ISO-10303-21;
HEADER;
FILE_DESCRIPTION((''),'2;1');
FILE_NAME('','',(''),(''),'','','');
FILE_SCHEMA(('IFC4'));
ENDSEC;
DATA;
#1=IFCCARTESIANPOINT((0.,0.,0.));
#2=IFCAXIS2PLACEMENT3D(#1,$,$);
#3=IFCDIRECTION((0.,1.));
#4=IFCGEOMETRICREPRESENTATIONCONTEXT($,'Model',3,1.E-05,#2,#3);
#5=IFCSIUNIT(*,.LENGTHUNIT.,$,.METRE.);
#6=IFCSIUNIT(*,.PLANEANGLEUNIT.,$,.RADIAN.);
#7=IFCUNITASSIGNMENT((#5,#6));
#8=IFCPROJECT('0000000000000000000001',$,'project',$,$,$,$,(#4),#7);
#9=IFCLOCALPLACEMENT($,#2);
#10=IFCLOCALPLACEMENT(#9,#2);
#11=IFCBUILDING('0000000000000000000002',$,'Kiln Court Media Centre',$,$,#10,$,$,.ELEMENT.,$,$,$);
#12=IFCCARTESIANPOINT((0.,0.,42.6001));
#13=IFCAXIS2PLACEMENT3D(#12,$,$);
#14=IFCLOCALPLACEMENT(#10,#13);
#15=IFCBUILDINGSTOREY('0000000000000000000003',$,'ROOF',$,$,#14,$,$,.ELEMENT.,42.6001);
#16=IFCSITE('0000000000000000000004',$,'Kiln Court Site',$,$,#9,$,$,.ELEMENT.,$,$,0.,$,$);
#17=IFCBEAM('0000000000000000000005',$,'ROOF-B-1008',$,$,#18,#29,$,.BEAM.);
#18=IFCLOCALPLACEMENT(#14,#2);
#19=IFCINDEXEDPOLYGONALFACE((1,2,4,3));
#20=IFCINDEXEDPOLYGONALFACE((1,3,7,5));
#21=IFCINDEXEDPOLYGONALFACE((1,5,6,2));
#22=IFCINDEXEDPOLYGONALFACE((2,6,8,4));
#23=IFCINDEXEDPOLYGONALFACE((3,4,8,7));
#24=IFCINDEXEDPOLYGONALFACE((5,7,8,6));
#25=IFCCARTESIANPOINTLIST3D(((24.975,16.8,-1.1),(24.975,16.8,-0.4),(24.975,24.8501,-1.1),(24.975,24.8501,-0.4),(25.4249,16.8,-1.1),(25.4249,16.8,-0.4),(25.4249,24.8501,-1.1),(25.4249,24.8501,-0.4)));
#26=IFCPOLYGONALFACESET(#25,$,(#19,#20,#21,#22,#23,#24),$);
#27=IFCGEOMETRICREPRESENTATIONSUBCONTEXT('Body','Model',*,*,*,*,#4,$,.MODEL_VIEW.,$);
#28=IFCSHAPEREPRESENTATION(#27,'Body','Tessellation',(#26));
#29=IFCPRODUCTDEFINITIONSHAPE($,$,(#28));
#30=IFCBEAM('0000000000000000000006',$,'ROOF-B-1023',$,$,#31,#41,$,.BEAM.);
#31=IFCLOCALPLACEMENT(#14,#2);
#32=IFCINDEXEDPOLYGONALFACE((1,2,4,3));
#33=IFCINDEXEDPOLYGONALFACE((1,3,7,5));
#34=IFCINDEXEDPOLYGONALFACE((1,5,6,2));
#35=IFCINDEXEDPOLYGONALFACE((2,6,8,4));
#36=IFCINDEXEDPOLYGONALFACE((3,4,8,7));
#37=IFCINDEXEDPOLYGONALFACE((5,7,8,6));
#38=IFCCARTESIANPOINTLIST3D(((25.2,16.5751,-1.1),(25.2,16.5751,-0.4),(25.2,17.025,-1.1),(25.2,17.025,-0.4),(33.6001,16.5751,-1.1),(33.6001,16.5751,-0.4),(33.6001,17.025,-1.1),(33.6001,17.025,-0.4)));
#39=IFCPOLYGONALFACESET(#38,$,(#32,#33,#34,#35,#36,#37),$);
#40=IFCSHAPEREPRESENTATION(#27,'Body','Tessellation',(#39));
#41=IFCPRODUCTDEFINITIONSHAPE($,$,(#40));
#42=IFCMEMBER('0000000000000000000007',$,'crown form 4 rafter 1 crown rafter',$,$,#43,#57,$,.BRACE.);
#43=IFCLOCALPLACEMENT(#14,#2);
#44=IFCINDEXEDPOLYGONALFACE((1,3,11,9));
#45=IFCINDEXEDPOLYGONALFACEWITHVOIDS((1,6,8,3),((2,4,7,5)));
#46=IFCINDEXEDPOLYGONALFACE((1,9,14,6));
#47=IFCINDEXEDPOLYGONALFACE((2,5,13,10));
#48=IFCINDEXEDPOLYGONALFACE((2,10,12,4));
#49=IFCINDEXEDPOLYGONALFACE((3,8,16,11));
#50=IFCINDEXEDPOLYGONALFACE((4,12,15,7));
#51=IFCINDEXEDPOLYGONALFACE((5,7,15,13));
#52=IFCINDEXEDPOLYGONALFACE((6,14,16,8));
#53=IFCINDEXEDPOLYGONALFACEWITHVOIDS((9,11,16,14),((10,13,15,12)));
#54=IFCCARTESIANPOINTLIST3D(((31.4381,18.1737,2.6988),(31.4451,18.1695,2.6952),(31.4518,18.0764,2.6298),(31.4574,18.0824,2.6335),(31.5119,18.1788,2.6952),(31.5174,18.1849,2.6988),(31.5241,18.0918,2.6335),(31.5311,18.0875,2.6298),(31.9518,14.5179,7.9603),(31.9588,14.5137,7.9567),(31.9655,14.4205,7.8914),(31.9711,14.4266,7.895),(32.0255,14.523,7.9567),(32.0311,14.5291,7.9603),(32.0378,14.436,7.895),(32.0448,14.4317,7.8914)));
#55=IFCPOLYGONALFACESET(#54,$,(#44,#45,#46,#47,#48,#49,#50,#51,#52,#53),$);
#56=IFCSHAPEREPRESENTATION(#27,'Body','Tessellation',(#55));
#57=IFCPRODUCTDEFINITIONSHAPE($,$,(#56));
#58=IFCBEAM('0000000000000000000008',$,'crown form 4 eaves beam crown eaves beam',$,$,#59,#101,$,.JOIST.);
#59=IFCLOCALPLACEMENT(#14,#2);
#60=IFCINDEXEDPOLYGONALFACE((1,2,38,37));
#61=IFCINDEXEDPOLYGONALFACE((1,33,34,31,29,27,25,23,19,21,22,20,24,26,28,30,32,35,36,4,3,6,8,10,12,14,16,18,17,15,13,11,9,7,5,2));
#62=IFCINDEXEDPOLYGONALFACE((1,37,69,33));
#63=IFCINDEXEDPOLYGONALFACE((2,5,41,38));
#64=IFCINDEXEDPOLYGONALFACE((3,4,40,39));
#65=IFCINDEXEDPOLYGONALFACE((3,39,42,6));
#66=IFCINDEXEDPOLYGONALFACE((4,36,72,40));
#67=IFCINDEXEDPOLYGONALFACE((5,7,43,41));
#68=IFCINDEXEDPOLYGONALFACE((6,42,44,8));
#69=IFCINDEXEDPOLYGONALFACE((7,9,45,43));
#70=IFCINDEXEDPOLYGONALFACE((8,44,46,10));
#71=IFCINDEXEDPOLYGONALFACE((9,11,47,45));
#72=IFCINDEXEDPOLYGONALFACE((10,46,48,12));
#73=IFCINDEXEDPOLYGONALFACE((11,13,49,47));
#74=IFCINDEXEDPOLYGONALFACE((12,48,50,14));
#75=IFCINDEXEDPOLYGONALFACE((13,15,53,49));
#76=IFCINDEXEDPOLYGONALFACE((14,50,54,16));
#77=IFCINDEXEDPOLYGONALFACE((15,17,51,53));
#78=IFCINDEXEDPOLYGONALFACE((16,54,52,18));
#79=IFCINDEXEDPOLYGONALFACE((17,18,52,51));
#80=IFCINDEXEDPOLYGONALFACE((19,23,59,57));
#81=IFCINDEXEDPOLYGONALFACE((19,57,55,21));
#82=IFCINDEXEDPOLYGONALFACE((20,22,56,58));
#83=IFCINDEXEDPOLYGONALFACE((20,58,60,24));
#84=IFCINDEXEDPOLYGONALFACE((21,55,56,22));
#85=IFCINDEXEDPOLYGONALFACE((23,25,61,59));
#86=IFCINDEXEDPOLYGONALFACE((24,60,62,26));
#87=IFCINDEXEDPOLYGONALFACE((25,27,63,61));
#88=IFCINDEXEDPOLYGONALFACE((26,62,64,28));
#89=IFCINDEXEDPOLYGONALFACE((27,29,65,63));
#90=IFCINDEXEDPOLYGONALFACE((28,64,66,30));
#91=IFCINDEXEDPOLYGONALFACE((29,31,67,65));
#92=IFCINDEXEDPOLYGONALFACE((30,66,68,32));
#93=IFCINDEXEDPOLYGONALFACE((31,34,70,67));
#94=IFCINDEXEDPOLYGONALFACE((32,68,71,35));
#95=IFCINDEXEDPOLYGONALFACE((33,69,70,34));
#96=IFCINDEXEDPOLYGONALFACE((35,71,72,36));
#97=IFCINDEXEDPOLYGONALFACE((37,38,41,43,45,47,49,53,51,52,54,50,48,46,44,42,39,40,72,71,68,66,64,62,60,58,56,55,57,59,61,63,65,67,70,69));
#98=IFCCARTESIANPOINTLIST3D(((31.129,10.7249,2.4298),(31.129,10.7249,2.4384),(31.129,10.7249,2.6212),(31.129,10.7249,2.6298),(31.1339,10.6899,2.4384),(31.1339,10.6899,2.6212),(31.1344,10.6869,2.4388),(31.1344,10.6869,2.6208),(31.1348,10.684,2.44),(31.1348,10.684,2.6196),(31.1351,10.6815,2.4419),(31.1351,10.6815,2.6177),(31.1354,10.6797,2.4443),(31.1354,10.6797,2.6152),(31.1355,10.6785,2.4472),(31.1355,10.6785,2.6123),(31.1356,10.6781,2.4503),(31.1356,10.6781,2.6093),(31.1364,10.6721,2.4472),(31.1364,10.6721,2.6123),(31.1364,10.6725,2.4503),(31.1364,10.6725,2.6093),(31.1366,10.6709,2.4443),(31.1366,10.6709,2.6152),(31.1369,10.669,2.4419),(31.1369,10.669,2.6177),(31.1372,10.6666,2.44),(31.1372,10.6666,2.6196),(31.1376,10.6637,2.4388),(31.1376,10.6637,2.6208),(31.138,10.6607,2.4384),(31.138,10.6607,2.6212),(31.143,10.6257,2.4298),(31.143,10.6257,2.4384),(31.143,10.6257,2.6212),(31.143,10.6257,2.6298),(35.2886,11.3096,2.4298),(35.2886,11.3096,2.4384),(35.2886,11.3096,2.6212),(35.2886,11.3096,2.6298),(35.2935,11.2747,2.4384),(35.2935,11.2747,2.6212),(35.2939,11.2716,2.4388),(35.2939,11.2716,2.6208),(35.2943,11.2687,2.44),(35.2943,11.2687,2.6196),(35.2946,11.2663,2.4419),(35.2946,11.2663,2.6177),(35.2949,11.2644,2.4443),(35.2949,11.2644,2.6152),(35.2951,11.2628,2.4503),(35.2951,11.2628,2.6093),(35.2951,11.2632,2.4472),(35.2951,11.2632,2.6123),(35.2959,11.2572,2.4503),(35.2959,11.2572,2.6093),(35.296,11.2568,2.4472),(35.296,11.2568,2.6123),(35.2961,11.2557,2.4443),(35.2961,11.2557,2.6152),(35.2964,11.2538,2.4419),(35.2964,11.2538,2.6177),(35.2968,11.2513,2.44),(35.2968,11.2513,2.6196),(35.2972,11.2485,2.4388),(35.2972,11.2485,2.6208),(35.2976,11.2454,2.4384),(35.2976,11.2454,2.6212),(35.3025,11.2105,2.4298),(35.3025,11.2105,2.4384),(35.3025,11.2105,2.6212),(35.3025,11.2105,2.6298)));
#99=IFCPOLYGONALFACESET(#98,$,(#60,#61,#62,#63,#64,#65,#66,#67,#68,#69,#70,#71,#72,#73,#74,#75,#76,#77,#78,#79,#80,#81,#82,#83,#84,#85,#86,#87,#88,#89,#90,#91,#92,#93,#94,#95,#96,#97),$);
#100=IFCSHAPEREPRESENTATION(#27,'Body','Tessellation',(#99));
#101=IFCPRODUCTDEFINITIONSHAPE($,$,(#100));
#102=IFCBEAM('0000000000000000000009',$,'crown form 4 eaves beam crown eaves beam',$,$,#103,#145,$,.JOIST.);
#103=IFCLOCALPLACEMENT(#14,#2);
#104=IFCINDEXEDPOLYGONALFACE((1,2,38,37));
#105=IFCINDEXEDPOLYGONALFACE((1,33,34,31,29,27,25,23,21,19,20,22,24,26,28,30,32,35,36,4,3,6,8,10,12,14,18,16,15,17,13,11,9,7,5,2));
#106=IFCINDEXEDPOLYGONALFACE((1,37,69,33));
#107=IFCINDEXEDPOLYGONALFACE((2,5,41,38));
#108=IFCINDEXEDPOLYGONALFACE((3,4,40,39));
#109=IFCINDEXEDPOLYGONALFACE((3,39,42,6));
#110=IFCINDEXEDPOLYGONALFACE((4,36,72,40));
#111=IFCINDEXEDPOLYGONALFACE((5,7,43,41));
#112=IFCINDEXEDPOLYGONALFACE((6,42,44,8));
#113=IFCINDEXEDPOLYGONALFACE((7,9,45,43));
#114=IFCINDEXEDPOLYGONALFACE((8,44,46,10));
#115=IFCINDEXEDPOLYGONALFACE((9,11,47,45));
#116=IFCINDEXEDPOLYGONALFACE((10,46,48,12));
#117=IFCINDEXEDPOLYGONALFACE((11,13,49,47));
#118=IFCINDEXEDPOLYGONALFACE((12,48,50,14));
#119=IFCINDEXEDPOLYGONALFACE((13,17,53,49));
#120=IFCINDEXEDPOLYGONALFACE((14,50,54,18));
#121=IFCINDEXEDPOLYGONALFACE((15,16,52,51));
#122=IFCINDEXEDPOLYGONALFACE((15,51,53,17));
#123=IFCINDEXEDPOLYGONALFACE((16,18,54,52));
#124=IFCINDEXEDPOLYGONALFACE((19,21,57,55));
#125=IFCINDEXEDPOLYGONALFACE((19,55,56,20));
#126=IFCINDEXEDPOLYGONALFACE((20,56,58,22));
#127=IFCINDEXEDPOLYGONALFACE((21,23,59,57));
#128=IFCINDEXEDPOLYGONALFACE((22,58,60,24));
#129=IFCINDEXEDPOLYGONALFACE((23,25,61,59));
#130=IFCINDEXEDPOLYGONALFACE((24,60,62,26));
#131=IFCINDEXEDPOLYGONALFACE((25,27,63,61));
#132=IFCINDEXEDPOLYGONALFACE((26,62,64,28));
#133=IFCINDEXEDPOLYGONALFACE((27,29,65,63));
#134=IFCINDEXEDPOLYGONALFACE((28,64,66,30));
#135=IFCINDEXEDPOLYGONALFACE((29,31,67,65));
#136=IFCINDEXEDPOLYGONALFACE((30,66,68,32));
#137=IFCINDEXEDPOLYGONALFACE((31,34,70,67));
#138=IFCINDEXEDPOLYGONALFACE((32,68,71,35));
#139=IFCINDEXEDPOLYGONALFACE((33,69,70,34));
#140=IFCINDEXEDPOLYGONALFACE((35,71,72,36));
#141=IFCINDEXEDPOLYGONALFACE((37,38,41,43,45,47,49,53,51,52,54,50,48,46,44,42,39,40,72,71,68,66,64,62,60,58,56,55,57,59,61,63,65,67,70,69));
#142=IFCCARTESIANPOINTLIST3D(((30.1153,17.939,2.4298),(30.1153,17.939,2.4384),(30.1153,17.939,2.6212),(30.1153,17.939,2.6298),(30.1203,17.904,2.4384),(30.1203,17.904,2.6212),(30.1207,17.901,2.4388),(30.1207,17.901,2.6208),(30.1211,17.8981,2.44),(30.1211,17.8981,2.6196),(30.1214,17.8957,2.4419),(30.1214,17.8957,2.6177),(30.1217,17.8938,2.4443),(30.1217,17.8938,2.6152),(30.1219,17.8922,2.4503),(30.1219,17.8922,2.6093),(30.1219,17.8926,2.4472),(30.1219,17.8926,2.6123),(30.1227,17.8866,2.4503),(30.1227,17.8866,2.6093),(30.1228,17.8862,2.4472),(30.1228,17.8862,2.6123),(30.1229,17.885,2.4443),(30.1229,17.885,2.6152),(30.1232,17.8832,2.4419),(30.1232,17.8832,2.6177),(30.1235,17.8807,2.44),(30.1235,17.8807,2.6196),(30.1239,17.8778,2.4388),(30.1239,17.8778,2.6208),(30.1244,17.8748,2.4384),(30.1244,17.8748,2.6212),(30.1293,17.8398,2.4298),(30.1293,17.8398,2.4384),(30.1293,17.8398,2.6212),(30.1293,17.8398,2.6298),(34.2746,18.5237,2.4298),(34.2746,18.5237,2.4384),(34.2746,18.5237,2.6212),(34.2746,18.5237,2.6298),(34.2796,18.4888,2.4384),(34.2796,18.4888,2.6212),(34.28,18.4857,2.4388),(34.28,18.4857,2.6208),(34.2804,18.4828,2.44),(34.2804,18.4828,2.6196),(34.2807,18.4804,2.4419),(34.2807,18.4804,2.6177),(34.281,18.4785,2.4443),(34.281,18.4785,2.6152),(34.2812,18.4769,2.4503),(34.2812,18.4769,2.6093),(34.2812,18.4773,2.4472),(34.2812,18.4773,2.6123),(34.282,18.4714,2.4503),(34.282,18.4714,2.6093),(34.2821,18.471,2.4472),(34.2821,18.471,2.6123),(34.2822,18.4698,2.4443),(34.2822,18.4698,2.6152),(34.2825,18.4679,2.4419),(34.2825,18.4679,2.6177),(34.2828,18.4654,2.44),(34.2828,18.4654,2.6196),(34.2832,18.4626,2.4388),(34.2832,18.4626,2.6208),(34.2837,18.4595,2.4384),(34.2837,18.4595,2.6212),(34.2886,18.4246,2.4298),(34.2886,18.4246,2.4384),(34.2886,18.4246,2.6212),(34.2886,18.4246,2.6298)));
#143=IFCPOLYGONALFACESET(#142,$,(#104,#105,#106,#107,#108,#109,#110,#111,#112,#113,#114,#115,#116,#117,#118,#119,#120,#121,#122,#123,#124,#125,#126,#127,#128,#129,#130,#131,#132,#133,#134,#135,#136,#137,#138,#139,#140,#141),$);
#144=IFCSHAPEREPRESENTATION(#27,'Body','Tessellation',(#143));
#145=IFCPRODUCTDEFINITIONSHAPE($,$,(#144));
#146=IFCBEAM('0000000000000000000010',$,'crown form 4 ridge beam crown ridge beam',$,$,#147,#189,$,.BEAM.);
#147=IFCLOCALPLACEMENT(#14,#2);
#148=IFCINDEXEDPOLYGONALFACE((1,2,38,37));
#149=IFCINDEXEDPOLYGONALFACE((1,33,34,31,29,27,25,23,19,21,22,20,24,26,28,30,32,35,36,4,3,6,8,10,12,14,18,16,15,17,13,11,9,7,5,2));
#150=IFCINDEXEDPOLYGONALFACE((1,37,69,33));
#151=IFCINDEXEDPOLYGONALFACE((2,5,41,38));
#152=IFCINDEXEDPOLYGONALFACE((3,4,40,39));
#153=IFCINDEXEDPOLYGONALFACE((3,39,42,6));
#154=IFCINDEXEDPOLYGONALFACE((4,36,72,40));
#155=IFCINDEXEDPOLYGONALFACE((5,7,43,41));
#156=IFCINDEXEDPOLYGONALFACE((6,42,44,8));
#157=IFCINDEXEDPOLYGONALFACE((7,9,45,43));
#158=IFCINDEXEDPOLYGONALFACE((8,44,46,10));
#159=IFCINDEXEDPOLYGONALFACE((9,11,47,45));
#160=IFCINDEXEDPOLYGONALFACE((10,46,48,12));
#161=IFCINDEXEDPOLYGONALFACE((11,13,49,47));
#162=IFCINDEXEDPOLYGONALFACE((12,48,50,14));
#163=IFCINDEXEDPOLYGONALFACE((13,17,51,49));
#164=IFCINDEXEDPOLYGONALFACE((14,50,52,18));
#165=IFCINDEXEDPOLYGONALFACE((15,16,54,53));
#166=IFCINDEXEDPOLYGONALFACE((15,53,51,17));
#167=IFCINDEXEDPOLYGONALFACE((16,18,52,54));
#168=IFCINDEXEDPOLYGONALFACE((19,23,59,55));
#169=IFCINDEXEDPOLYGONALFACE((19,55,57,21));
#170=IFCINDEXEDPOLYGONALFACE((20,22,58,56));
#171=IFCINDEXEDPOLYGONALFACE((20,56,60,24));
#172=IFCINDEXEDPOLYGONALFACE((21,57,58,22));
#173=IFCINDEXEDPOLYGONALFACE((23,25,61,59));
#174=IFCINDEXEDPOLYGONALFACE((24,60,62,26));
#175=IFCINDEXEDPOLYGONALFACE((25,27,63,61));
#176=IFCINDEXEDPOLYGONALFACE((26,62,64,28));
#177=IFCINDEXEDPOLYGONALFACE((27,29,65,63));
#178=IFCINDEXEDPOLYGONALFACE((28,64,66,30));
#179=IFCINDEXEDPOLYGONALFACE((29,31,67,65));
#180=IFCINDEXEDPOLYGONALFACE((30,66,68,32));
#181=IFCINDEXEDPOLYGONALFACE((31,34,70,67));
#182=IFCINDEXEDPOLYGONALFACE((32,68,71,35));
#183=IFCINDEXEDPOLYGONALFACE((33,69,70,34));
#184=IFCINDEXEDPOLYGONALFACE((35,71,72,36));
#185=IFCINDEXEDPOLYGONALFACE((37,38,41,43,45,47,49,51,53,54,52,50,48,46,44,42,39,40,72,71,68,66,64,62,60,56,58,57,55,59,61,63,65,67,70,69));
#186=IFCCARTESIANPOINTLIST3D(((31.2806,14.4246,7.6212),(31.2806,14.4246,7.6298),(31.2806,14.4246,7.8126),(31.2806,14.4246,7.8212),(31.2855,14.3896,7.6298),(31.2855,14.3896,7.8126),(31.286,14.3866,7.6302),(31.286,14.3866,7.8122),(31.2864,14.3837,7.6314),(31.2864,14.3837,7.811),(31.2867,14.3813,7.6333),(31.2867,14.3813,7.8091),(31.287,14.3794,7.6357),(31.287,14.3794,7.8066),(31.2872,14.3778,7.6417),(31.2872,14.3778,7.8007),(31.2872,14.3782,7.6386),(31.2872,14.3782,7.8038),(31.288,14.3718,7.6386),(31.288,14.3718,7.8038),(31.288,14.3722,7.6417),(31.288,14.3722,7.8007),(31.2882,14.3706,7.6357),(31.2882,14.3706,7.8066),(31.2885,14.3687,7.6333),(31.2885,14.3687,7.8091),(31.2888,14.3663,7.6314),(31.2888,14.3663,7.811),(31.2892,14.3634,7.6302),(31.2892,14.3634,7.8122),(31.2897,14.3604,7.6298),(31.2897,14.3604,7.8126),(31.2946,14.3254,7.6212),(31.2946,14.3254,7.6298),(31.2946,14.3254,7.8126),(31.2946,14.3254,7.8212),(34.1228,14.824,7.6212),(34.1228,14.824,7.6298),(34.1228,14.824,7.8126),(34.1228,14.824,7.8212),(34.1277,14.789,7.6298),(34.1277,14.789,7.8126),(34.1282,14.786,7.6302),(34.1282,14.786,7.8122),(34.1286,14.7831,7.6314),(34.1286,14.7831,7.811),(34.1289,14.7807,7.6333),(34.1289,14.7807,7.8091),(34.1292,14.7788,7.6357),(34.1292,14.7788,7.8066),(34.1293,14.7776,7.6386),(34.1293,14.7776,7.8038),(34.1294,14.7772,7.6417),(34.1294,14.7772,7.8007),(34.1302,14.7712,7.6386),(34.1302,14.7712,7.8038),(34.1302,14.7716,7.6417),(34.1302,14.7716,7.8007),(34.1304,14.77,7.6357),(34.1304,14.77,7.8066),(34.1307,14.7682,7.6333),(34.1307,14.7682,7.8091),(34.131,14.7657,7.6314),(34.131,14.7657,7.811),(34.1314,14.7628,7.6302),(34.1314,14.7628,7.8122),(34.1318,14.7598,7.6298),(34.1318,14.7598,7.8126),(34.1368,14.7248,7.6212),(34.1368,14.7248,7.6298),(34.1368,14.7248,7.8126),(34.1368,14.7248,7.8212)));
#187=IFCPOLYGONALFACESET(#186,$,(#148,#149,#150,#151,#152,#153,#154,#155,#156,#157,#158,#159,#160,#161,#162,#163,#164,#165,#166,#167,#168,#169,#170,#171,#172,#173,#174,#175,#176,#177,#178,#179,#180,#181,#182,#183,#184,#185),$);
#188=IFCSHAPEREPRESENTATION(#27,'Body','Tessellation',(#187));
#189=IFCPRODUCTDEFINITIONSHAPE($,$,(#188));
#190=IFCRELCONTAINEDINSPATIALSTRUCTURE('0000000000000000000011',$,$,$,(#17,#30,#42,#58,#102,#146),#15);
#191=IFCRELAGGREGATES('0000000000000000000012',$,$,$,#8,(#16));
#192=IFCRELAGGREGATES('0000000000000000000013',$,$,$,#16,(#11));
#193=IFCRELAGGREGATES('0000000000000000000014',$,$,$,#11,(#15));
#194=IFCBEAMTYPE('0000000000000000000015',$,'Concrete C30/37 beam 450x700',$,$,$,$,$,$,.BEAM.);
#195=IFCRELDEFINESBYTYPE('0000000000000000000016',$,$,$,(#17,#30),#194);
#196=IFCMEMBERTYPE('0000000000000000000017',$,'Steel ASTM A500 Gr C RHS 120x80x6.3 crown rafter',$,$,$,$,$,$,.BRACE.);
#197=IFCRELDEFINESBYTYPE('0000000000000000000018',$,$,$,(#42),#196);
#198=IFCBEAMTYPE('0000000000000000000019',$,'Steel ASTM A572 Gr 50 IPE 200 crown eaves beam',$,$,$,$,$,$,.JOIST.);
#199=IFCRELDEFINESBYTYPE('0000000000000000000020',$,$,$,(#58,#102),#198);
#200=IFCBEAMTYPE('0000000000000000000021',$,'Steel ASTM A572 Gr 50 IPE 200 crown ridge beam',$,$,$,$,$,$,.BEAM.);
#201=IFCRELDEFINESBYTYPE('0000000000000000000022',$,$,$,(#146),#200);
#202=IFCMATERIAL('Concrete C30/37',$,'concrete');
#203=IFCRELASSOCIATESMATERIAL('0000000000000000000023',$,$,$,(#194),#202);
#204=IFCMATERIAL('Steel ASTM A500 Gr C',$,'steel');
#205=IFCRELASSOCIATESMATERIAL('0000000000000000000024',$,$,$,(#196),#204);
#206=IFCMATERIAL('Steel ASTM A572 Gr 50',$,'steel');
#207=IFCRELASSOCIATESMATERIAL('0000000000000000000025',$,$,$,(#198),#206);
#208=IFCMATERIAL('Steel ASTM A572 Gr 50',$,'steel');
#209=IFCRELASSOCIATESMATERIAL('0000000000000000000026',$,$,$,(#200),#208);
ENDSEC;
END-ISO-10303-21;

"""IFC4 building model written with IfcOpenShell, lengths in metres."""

from ifc_helpers import new_model, si_unit, direction, frame, origin, origin_2d, place, context, subcontext, project, spatial, rectangle, hollow_rectangle, i_section, extrude, material, material_profile, profile_set, type_object, element, save


model = new_model("IFC4")

# Units and contexts
model_context = context("Model", 3, precision=1e-05, world=origin(), true_north=direction((0.0, 1.0)))
body_context = subcontext(model_context, "Body", "Model", "MODEL_VIEW")
ifc_project = project(units=[si_unit("LENGTHUNIT", "METRE"), si_unit("PLANEANGLEUNIT", "RADIAN")], contexts=[model_context])

# Site, building, storey
site_placement = place(None, origin())
site = spatial("IfcSite", under=ifc_project, at=site_placement, Name="Kiln Court Site", CompositionType="ELEMENT", RefElevation=0.0)
building_placement = place(site_placement, origin())
building = spatial("IfcBuilding", under=site, at=building_placement, Name="Kiln Court Media Centre", CompositionType="ELEMENT")
storey_placement = place(building_placement, frame((0.0, 0.0, 42.6001)))
storey = spatial("IfcBuildingStorey", under=building, at=storey_placement, Name="ROOF", CompositionType="ELEMENT", Elevation=42.6001)

# Beams
ifc_material_1 = material(Name="Concrete C30/37", Category="concrete")
ifc_material_profile_1 = material_profile(ifc_material_1, rectangle(XDim=0.45, YDim=0.7, at=origin_2d()), Name="RC 450x700")
ifc_profile_set_1 = profile_set([ifc_material_profile_1], Name="Concrete C30/37")
beam_type_1 = type_object("IfcBeamType", Name="Concrete C30/37 beam 450x700", PredefinedType="BEAM", material=ifc_profile_set_1)
beam_1_placement = place(storey_placement, frame((25.2, 16.8, -0.75), z_axis=(0.0, 1.0, 0.0), x_axis=(-1.0, 0.0, 0.0)))
element("IfcBeam", 1, at=beam_1_placement, inside=storey, type_object=beam_type_1, Name="ROOF-B-1008", PredefinedType="BEAM", context=body_context, shape_type="SweptSolid", body=[
    extrude(rectangle(XDim=0.45, YDim=0.7, at=origin_2d()), origin(), (0.0, 0.0, 1.0), 8.05),
])
beam_2_placement = place(storey_placement, frame((25.2, 16.8, -0.75), z_axis=(1.0, 0.0, 0.0), x_axis=(0.0, 1.0, 0.0)))
element("IfcBeam", 2, at=beam_2_placement, inside=storey, type_object=beam_type_1, Name="ROOF-B-1023", PredefinedType="BEAM", context=body_context, shape_type="SweptSolid", body=[
    extrude(rectangle(XDim=0.45, YDim=0.7, at=origin_2d()), origin(), (0.0, 0.0, 1.0), 8.4001),
])

# Member
ifc_material_2 = material(Name="Steel ASTM A500 Gr C", Category="steel")
ifc_material_profile_2 = material_profile(ifc_material_2, hollow_rectangle(XDim=0.0801, YDim=0.1201, WallThickness=0.0063, at=origin_2d()), Name="RHS 120x80x6.3")
ifc_profile_set_2 = profile_set([ifc_material_profile_2], Name="Steel ASTM A500 Gr C")
member_type = type_object("IfcMemberType", Name="Steel ASTM A500 Gr C RHS 120x80x6.3 crown rafter", PredefinedType="BRACE", material=ifc_profile_set_2)
member_placement = place(storey_placement, frame((31.4846, 18.1306, 2.6643), z_axis=(0.079919, -0.568777, 0.8186), x_axis=(0.990272, 0.139143, 0.0)))
element("IfcMember", 3, at=member_placement, inside=storey, type_object=member_type, Name="crown form 4 rafter 1 crown rafter", PredefinedType="BRACE", context=body_context, shape_type="SweptSolid", body=[
    extrude(hollow_rectangle(XDim=0.0801, YDim=0.1201, WallThickness=0.0063, at=origin_2d()), origin(), (0.0, 0.0, 1.0), 6.4275),
])

# Beams
ifc_material_3 = material(Name="Steel ASTM A572 Gr 50", Category="steel")
ifc_material_profile_3 = material_profile(ifc_material_3, i_section(OverallWidth=0.1001, OverallDepth=0.2, WebThickness=0.0056, FlangeThickness=0.0085, FilletRadius=0.012, at=origin_2d()), Name="IPE 200")
ifc_profile_set_3 = profile_set([ifc_material_profile_3], Name="Steel ASTM A572 Gr 50")
beam_type_2 = type_object("IfcBeamType", Name="Steel ASTM A572 Gr 50 IPE 200 crown eaves beam", PredefinedType="JOIST", material=ifc_profile_set_3)
beam_3_placement = place(storey_placement, frame((31.136, 10.6753, 2.5298), z_axis=(0.990263, 0.139208, 0.0), x_axis=(-0.139208, 0.990263, 0.0)))
element("IfcBeam", 4, at=beam_3_placement, inside=storey, type_object=beam_type_2, Name="crown form 4 eaves beam crown eaves beam", PredefinedType="JOIST", context=body_context, shape_type="SweptSolid", body=[
    extrude(i_section(OverallWidth=0.1001, OverallDepth=0.2, WebThickness=0.0056, FlangeThickness=0.0085, FilletRadius=0.012, at=origin_2d()), origin(), (0.0, 0.0, 1.0), 4.2004),
])
beam_4_placement = place(storey_placement, frame((30.1223, 17.8894, 2.5298), z_axis=(0.990262, 0.139216, 0.0), x_axis=(-0.139216, 0.990262, 0.0)))
element("IfcBeam", 5, at=beam_4_placement, inside=storey, type_object=beam_type_2, Name="crown form 4 eaves beam crown eaves beam", PredefinedType="JOIST", context=body_context, shape_type="SweptSolid", body=[
    extrude(i_section(OverallWidth=0.1001, OverallDepth=0.2, WebThickness=0.0056, FlangeThickness=0.0085, FilletRadius=0.012, at=origin_2d()), origin(), (0.0, 0.0, 1.0), 4.2002),
])
ifc_material_4 = material(Name="Steel ASTM A572 Gr 50", Category="steel")
ifc_material_profile_4 = material_profile(ifc_material_4, i_section(OverallWidth=0.1001, OverallDepth=0.2, WebThickness=0.0056, FlangeThickness=0.0085, FilletRadius=0.012, at=origin_2d()), Name="IPE 200")
ifc_profile_set_4 = profile_set([ifc_material_profile_4], Name="Steel ASTM A572 Gr 50")
beam_type_3 = type_object("IfcBeamType", Name="Steel ASTM A572 Gr 50 IPE 200 crown ridge beam", PredefinedType="BEAM", material=ifc_profile_set_4)
beam_5_placement = place(storey_placement, frame((31.2876, 14.375, 7.7212), z_axis=(0.99027, 0.139158, 0.0), x_axis=(-0.139158, 0.99027, 0.0)))
element("IfcBeam", 6, at=beam_5_placement, inside=storey, type_object=beam_type_3, Name="crown form 4 ridge beam crown ridge beam", PredefinedType="BEAM", context=body_context, shape_type="SweptSolid", body=[
    extrude(i_section(OverallWidth=0.1001, OverallDepth=0.2, WebThickness=0.0056, FlangeThickness=0.0085, FilletRadius=0.012, at=origin_2d()), origin(), (0.0, 0.0, 1.0), 2.8701),
])

save(model, "model.ifc")
